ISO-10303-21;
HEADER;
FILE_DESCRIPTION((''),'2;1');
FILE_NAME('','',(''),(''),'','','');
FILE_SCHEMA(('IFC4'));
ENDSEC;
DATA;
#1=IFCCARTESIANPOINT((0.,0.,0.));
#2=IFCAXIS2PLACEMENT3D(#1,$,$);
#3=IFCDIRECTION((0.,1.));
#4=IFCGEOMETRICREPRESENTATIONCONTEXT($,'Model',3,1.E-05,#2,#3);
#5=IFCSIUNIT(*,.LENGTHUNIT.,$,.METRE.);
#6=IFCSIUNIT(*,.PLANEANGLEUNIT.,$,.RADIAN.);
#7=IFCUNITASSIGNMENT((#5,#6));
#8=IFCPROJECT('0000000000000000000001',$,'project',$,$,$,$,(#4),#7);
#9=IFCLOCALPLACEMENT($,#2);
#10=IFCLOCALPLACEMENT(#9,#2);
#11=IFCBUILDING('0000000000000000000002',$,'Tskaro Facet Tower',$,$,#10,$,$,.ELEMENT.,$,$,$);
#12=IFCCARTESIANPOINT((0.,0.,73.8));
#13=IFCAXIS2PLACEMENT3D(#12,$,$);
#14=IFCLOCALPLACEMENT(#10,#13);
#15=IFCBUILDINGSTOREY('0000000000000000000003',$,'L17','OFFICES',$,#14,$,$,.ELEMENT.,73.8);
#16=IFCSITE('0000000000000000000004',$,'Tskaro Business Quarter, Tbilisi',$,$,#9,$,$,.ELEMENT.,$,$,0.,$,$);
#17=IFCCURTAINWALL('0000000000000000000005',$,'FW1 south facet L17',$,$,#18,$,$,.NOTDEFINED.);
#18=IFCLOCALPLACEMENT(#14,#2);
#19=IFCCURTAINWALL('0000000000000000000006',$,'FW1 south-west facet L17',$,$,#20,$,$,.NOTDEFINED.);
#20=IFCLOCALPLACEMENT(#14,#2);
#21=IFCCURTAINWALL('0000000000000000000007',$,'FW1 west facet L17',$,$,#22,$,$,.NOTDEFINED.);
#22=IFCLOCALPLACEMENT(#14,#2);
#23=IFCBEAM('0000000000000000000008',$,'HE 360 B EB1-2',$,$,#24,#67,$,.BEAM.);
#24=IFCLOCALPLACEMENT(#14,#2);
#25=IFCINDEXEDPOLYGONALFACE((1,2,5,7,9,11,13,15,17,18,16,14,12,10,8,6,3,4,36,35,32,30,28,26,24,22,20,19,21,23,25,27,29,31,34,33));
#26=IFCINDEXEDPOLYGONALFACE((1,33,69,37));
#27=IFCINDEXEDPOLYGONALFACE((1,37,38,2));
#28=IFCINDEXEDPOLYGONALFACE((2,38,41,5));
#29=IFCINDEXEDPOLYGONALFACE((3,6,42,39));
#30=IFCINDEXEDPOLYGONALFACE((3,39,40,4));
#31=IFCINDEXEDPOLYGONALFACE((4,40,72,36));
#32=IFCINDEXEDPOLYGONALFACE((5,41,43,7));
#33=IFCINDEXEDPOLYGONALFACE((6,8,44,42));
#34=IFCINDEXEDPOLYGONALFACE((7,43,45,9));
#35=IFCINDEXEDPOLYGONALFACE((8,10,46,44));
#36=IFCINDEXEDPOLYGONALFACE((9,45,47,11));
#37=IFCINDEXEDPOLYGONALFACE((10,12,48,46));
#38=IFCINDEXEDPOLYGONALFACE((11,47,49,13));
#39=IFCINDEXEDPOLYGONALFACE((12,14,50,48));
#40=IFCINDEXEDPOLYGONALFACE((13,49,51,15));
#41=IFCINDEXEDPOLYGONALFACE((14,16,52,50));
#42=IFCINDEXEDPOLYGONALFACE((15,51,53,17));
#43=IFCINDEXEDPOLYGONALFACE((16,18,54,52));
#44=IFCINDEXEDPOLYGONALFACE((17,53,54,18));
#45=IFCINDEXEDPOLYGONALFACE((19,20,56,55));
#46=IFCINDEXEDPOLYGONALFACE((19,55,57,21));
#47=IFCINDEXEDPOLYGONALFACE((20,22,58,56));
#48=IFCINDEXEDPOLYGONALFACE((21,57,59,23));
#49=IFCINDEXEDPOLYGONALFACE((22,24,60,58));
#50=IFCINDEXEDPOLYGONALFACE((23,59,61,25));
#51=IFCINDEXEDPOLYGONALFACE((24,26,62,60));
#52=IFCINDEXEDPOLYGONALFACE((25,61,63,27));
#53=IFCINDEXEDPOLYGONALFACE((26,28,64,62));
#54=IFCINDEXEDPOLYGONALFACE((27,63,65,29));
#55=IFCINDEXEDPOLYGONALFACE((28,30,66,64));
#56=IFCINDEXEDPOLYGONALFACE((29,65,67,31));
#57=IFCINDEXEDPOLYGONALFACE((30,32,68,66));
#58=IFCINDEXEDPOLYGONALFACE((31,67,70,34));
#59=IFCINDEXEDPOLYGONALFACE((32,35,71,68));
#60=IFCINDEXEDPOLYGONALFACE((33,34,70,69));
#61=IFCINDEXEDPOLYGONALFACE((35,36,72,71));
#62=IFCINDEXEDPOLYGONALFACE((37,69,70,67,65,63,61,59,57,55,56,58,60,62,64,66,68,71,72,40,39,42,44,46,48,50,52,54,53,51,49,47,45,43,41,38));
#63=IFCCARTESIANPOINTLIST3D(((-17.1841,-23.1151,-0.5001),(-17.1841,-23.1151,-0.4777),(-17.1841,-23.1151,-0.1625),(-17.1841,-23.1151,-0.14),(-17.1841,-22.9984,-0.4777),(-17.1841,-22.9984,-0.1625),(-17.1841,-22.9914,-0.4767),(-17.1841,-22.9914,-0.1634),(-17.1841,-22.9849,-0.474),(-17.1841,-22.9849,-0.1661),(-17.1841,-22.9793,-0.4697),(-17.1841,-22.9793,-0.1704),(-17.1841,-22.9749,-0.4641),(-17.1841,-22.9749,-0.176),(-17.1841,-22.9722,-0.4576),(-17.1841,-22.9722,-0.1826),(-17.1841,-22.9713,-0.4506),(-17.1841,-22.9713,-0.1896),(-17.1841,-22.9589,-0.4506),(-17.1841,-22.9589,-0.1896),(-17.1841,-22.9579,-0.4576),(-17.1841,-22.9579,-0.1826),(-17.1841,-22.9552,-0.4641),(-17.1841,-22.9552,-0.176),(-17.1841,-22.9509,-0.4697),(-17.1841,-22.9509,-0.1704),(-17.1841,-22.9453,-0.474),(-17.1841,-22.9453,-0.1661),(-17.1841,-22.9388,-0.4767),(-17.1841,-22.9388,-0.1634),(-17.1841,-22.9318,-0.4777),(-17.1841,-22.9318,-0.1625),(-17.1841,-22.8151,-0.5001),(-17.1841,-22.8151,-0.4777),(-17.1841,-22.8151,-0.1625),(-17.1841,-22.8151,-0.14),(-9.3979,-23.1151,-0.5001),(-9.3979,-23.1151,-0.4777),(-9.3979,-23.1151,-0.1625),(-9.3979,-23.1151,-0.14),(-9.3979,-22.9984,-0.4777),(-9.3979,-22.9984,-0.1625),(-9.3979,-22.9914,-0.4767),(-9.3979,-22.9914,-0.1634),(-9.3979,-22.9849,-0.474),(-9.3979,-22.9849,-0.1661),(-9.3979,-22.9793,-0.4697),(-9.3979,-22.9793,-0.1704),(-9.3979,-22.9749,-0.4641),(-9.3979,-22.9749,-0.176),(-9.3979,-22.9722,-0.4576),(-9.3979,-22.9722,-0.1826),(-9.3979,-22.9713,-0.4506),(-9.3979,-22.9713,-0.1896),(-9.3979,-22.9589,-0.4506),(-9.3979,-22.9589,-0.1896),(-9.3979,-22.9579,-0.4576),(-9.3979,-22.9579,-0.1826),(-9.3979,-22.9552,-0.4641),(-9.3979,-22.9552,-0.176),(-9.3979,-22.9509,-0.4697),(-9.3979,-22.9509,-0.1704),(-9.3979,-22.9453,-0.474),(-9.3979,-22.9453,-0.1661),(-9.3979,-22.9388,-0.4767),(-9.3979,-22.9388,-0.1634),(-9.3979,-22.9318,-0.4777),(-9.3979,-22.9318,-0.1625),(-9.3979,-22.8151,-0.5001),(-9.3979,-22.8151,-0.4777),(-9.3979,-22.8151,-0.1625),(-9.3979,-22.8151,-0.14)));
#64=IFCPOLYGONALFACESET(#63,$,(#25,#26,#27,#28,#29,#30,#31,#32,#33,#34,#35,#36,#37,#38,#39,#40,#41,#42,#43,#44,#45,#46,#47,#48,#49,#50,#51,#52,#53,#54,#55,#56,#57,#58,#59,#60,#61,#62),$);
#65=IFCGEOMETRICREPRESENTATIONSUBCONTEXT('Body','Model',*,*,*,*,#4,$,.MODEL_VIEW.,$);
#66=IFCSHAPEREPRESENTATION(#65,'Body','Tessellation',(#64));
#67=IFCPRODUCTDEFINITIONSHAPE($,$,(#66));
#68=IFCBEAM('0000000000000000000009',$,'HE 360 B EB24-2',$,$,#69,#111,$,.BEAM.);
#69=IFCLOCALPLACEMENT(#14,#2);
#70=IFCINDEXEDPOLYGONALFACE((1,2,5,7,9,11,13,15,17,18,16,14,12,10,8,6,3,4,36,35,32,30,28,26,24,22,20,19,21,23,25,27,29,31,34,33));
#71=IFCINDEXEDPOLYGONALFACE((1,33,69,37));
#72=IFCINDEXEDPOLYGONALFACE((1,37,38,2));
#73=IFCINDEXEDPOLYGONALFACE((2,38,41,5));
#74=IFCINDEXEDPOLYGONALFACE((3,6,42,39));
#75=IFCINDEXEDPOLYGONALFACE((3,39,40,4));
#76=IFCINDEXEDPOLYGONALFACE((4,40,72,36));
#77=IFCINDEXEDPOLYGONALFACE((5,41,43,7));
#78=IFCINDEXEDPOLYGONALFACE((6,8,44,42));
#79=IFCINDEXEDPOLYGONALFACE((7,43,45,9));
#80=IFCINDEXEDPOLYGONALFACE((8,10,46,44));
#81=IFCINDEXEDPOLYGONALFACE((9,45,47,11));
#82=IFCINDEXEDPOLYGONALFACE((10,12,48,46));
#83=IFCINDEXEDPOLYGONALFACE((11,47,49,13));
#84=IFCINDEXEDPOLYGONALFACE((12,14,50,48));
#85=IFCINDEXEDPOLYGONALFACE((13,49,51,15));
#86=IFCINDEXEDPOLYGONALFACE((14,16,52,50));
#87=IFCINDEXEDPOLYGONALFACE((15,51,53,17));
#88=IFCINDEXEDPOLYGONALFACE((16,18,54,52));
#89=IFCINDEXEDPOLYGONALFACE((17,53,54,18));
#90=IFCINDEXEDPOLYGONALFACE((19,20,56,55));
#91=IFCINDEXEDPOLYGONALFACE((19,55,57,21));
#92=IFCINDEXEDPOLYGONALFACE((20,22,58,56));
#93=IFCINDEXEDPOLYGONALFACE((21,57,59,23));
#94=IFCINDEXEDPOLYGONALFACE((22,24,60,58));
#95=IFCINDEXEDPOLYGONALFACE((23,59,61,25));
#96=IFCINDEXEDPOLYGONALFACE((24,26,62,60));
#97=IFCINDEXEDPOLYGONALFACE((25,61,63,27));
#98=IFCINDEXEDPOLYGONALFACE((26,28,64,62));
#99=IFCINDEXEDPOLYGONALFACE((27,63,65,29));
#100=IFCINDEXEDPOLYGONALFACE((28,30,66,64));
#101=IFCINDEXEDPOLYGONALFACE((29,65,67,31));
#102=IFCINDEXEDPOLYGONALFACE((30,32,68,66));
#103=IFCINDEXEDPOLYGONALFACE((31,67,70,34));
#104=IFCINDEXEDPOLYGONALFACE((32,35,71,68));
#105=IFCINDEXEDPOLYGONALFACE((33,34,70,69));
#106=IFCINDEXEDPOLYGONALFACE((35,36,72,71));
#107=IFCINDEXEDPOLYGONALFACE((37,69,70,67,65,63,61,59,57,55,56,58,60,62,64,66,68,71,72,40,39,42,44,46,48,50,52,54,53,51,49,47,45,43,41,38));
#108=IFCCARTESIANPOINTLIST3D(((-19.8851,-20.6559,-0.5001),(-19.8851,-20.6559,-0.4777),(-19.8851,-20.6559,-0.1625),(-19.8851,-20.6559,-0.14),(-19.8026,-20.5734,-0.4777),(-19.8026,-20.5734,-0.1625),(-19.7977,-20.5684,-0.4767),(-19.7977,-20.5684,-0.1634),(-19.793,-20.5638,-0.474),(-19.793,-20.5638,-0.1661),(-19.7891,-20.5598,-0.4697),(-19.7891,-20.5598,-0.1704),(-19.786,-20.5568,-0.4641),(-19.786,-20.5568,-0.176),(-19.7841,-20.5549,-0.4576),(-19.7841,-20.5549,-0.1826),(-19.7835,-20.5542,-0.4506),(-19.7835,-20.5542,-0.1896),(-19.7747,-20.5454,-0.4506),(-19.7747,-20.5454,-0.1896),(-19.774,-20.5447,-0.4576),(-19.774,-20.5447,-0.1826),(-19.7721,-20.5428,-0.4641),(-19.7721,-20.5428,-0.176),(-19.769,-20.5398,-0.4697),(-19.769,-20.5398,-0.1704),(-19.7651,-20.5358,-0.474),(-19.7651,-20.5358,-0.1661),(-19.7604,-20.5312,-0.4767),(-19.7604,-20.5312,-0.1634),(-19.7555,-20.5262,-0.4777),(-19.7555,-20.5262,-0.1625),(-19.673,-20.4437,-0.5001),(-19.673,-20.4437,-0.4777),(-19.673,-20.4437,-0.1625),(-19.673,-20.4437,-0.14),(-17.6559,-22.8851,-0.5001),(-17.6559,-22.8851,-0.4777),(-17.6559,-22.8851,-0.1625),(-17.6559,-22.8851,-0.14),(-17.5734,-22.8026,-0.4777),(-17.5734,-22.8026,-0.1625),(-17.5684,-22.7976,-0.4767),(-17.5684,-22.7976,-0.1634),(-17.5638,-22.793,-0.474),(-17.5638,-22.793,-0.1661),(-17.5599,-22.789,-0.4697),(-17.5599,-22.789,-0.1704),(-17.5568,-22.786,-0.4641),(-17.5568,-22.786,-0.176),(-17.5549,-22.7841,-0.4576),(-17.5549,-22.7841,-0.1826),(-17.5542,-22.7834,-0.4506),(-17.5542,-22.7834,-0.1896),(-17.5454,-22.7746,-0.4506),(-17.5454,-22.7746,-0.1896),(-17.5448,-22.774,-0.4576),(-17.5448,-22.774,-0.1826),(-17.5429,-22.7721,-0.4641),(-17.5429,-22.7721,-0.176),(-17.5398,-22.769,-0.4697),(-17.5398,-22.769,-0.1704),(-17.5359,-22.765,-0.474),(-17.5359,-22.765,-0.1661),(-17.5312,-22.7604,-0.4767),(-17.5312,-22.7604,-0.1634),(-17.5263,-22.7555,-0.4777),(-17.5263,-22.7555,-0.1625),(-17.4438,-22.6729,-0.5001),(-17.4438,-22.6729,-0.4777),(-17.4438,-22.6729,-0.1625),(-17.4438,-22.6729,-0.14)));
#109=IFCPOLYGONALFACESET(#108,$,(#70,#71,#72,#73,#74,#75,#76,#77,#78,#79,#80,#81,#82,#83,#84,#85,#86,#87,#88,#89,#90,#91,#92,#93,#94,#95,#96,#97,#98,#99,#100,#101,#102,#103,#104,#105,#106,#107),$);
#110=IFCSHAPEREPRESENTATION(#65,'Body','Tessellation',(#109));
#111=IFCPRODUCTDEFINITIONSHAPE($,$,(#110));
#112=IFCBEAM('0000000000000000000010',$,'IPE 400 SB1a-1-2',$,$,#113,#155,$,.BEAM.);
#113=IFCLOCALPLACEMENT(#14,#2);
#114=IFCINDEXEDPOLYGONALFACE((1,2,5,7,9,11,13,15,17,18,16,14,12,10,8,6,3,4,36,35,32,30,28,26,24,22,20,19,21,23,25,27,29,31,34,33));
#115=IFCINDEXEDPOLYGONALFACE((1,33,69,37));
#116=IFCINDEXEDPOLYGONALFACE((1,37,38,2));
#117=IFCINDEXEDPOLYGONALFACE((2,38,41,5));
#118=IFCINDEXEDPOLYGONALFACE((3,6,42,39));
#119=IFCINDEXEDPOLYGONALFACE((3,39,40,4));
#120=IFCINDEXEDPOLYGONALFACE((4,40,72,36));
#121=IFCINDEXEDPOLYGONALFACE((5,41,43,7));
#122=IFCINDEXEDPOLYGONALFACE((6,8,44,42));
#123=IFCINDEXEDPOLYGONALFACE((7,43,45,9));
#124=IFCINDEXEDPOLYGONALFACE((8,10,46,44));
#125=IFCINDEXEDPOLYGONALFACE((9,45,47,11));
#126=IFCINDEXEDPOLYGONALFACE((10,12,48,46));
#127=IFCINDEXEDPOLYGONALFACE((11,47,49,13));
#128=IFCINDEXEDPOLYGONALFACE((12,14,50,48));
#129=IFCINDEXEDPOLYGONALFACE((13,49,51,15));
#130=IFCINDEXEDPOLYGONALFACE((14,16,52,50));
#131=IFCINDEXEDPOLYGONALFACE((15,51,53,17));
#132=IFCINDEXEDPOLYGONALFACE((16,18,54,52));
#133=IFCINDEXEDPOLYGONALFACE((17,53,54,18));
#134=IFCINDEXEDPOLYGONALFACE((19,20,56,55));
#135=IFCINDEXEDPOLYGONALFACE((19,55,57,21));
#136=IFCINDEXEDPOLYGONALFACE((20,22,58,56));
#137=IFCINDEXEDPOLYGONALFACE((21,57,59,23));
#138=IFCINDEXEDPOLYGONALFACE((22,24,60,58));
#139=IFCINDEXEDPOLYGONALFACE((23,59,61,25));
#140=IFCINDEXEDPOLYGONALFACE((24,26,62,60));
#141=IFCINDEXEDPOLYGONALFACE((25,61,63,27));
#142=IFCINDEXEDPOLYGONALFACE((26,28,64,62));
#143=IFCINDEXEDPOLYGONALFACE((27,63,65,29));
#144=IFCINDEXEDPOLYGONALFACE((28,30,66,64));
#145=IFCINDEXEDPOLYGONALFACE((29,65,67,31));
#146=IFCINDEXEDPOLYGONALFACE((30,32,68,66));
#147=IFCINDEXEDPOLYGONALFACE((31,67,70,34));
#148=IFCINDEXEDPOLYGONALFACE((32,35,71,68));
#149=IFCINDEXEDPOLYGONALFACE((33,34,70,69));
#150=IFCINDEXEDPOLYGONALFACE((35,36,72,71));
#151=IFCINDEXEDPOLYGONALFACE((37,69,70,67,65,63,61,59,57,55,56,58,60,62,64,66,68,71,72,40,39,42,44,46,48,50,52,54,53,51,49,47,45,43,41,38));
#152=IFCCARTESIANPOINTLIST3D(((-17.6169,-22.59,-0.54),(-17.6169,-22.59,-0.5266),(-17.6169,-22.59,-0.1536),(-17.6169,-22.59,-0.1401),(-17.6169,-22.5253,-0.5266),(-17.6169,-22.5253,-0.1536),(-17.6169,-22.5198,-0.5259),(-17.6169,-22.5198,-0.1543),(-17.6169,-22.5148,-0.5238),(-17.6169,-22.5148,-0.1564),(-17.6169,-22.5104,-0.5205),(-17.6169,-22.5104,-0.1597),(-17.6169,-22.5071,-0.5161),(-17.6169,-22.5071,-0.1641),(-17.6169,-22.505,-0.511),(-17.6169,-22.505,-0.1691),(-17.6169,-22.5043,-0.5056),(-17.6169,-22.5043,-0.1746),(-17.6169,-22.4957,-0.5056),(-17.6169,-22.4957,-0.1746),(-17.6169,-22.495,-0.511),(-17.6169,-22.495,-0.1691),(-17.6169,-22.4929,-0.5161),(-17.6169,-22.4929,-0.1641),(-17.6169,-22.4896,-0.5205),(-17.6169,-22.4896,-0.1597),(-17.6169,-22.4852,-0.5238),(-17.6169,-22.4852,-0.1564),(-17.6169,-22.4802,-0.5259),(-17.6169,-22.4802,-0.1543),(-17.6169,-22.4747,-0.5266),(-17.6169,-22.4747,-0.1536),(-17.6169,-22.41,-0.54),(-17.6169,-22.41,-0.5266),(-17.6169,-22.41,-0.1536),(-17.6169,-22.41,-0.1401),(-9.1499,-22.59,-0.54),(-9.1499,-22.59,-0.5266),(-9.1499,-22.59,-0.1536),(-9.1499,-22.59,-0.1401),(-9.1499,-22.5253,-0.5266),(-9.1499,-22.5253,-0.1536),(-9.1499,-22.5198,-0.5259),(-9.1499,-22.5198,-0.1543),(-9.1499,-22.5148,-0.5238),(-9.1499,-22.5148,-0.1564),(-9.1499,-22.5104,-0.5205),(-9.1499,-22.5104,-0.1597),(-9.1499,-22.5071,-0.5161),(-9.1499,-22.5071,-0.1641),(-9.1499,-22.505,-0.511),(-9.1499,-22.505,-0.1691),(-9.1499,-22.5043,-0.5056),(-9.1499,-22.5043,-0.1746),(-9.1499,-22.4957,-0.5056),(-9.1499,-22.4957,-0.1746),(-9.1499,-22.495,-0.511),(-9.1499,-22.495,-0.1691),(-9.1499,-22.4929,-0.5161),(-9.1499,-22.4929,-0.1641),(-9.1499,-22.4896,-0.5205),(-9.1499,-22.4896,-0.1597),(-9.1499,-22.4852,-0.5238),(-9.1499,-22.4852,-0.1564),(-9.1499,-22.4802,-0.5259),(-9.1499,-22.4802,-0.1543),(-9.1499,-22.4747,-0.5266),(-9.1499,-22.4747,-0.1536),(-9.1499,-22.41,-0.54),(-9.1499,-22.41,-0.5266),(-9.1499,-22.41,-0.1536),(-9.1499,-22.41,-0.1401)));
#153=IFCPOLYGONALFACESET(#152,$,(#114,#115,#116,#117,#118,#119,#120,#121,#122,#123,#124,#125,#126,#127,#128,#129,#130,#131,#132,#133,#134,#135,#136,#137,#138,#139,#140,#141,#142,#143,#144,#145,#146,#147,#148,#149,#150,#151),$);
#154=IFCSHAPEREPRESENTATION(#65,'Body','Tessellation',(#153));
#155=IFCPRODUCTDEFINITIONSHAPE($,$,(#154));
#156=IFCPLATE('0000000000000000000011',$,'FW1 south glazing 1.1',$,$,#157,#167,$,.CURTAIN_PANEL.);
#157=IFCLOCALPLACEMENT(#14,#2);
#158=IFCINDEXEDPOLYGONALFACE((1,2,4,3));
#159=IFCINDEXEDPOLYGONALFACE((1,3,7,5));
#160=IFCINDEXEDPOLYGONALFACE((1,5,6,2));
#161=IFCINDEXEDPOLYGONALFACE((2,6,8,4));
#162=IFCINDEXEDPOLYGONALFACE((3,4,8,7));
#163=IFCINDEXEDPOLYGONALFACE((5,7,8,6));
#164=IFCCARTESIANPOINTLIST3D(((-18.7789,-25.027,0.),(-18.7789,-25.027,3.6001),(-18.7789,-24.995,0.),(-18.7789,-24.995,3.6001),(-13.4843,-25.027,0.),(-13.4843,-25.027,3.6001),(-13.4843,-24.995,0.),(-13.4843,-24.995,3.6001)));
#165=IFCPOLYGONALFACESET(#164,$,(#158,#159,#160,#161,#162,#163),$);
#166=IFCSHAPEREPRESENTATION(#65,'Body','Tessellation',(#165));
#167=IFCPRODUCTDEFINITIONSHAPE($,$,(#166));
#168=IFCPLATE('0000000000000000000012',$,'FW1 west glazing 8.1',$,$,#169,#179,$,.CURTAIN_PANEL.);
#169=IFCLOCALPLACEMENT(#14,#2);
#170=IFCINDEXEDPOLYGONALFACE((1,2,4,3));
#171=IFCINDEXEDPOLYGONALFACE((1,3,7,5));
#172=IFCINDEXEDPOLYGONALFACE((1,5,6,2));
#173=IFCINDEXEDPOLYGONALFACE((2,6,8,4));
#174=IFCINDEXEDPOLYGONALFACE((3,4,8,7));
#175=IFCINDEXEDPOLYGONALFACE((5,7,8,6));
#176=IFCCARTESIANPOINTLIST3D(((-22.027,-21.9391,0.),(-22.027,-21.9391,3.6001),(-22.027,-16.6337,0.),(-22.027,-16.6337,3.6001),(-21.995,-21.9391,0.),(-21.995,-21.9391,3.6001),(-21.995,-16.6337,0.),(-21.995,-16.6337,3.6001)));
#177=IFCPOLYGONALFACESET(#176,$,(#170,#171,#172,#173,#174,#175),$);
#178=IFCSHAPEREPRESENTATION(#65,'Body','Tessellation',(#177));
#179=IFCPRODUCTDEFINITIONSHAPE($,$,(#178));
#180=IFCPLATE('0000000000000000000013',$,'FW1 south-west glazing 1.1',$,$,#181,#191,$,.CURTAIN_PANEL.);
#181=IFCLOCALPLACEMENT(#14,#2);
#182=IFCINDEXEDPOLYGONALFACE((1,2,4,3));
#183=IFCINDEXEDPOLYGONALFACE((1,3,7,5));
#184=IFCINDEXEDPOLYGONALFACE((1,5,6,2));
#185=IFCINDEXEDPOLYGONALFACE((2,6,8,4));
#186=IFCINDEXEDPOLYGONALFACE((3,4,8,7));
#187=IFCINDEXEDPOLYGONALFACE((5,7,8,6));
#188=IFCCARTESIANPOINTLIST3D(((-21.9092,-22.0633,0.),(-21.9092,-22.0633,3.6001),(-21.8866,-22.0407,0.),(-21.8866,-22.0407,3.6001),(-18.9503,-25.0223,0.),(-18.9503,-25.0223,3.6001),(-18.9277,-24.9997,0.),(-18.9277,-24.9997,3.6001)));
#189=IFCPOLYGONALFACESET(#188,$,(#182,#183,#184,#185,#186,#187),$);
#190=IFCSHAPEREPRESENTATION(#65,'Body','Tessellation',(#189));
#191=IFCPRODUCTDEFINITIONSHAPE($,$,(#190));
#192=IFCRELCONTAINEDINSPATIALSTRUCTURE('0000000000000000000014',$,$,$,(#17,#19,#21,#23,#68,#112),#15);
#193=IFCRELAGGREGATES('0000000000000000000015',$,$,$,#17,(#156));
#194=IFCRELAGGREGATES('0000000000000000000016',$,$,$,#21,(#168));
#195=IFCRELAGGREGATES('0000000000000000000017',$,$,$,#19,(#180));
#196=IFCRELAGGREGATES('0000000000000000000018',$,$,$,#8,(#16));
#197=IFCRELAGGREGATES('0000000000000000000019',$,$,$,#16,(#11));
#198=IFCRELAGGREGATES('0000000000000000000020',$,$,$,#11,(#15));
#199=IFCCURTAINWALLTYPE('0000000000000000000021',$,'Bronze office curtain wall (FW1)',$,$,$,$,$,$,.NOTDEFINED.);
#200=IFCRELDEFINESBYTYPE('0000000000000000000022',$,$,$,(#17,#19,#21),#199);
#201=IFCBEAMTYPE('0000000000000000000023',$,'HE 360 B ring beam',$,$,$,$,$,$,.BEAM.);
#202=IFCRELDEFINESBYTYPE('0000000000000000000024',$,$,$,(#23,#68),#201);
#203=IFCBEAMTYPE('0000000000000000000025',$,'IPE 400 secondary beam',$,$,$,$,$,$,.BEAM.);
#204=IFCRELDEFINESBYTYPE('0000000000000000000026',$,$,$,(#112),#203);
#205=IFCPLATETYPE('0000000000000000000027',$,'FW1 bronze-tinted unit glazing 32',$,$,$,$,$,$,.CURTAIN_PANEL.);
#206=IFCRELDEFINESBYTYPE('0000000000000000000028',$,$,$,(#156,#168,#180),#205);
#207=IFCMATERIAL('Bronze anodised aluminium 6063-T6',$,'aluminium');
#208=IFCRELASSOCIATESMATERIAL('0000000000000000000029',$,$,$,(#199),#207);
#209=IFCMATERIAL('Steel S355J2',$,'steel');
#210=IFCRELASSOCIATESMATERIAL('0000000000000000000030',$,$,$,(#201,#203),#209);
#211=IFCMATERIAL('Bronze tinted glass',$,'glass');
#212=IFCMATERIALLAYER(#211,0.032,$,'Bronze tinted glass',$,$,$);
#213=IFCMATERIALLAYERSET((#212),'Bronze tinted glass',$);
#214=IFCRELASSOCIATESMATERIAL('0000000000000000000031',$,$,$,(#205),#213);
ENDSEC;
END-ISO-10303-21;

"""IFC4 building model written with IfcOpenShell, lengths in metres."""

from ifc_helpers import new_model, si_unit, direction, frame, origin, origin_2d, place, context, subcontext, project, spatial, rectangle, i_section, extrude, material, layer, layer_set, material_profile, profile_set, type_object, element, aggregate, save


model = new_model("IFC4")

# Units and contexts
model_context = context("Model", 3, precision=1e-05, world=origin(), true_north=direction((0.0, 1.0)))
body_context = subcontext(model_context, "Body", "Model", "MODEL_VIEW")
ifc_project = project(units=[si_unit("LENGTHUNIT", "METRE"), si_unit("PLANEANGLEUNIT", "RADIAN")], contexts=[model_context])

# Site, building, storey
site_placement = place(None, origin())
site = spatial("IfcSite", under=ifc_project, at=site_placement, Name="Tskaro Business Quarter, Tbilisi", CompositionType="ELEMENT", RefElevation=0.0)
building_placement = place(site_placement, origin())
building = spatial("IfcBuilding", under=site, at=building_placement, Name="Tskaro Facet Tower", CompositionType="ELEMENT")
storey_placement = place(building_placement, frame((0.0, 0.0, 73.8)))
storey = spatial("IfcBuildingStorey", under=building, at=storey_placement, Name="L17", Description="OFFICES", CompositionType="ELEMENT", Elevation=73.8)

# Curtain walls
ifc_material_1 = material(Name="Bronze anodised aluminium 6063-T6", Category="aluminium")
curtain_wall_type = type_object("IfcCurtainWallType", Name="Bronze office curtain wall (FW1)", PredefinedType="NOTDEFINED", material=ifc_material_1)
curtain_wall_1_placement = place(storey_placement, origin())
curtain_wall_1 = element("IfcCurtainWall", 1, at=curtain_wall_1_placement, inside=storey, type_object=curtain_wall_type, Name="FW1 south facet L17", PredefinedType="NOTDEFINED")
curtain_wall_2_placement = place(storey_placement, origin())
curtain_wall_2 = element("IfcCurtainWall", 2, at=curtain_wall_2_placement, inside=storey, type_object=curtain_wall_type, Name="FW1 south-west facet L17", PredefinedType="NOTDEFINED")

# Curtain wall
curtain_wall_3_placement = place(storey_placement, origin())
curtain_wall_3 = element("IfcCurtainWall", 3, at=curtain_wall_3_placement, inside=storey, type_object=curtain_wall_type, Name="FW1 west facet L17", PredefinedType="NOTDEFINED")

# Beams
ifc_material_2 = material(Name="Steel S355J2", Category="steel")
ifc_material_profile_1 = material_profile(ifc_material_2, i_section(OverallWidth=0.3, OverallDepth=0.3601, WebThickness=0.0125, FlangeThickness=0.0225, FilletRadius=0.0271, at=origin_2d()), Name="HE 360 B")
ifc_profile_set_1 = profile_set([ifc_material_profile_1], Name="Steel S355J2")
beam_type_1 = type_object("IfcBeamType", Name="HE 360 B ring beam", PredefinedType="BEAM", material=ifc_profile_set_1)
beam_1_placement = place(storey_placement, frame((-17.1841, -22.9651, -0.3201), z_axis=(1.0, 0.0, 0.0), x_axis=(0.0, 1.0, 0.0)))
element("IfcBeam", 4, at=beam_1_placement, inside=storey, type_object=beam_type_1, Name="HE 360 B EB1-2", PredefinedType="BEAM", context=body_context, shape_type="SweptSolid", body=[
    extrude(i_section(OverallWidth=0.3, OverallDepth=0.3601, WebThickness=0.0125, FlangeThickness=0.0225, FilletRadius=0.0271, at=origin_2d()), origin(), (0.0, 0.0, 1.0), 7.7861),
])
beam_2_placement = place(storey_placement, frame((-19.7791, -20.5498, -0.3201), z_axis=(0.707107, -0.707107, 0.0), x_axis=(0.707107, 0.707107, 0.0)))
element("IfcBeam", 5, at=beam_2_placement, inside=storey, type_object=beam_type_1, Name="HE 360 B EB24-2", PredefinedType="BEAM", context=body_context, shape_type="SweptSolid", body=[
    extrude(i_section(OverallWidth=0.3, OverallDepth=0.3601, WebThickness=0.0125, FlangeThickness=0.0225, FilletRadius=0.0271, at=origin_2d()), origin(), (0.0, 0.0, 1.0), 3.1526),
])
ifc_material_profile_2 = material_profile(ifc_material_2, i_section(OverallWidth=0.1799, OverallDepth=0.3999, WebThickness=0.0085, FlangeThickness=0.0134, FilletRadius=0.021, at=origin_2d()), Name="IPE 400")
ifc_profile_set_2 = profile_set([ifc_material_profile_2], Name="Steel S355J2")
beam_type_2 = type_object("IfcBeamType", Name="IPE 400 secondary beam", PredefinedType="BEAM", material=ifc_profile_set_2)
beam_3_placement = place(storey_placement, frame((-17.6169, -22.5, -0.3401), z_axis=(1.0, 0.0, 0.0), x_axis=(0.0, 1.0, 0.0)))
element("IfcBeam", 6, at=beam_3_placement, inside=storey, type_object=beam_type_2, Name="IPE 400 SB1a-1-2", PredefinedType="BEAM", context=body_context, shape_type="SweptSolid", body=[
    extrude(i_section(OverallWidth=0.1799, OverallDepth=0.3999, WebThickness=0.0085, FlangeThickness=0.0134, FilletRadius=0.021, at=origin_2d()), origin(), (0.0, 0.0, 1.0), 8.467),
])

# Plates
ifc_material_3 = material(Name="Bronze tinted glass", Category="glass")
ifc_layer_1 = layer(ifc_material_3, 0.032, Name="Bronze tinted glass")
ifc_layer_set_1 = layer_set([ifc_layer_1], Name="Bronze tinted glass")
plate_type = type_object("IfcPlateType", Name="FW1 bronze-tinted unit glazing 32", PredefinedType="CURTAIN_PANEL", material=ifc_layer_set_1)
plate_1_placement = place(storey_placement, frame((-16.1316, -25.011, 0.0), z_axis=(0.0, 0.0, 1.0), x_axis=(1.0, 0.0, 0.0)))
plate_1 = element("IfcPlate", 7, at=plate_1_placement, type_object=plate_type, Name="FW1 south glazing 1.1", PredefinedType="CURTAIN_PANEL", context=body_context, shape_type="SweptSolid", body=[
    extrude(rectangle(XDim=5.2947, YDim=0.032, at=origin_2d()), origin(), (0.0, 0.0, 1.0), 3.6001),
])
aggregate(curtain_wall_1, [plate_1])
plate_2_placement = place(storey_placement, frame((-22.011, -19.2864, 0.0), z_axis=(0.0, 0.0, 1.0), x_axis=(0.0, -1.0, 0.0)))
plate_2 = element("IfcPlate", 8, at=plate_2_placement, type_object=plate_type, Name="FW1 west glazing 8.1", PredefinedType="CURTAIN_PANEL", context=body_context, shape_type="SweptSolid", body=[
    extrude(rectangle(XDim=5.3054, YDim=0.032, at=origin_2d()), origin(), (0.0, 0.0, 1.0), 3.6001),
])
aggregate(curtain_wall_3, [plate_2])
plate_3_placement = place(storey_placement, frame((-20.4185, -23.5315, 0.0), z_axis=(0.0, 0.0, 1.0), x_axis=(0.707107, -0.707107, 0.0)))
plate_3 = element("IfcPlate", 9, at=plate_3_placement, type_object=plate_type, Name="FW1 south-west glazing 1.1", PredefinedType="CURTAIN_PANEL", context=body_context, shape_type="SweptSolid", body=[
    extrude(rectangle(XDim=4.1846, YDim=0.032, at=origin_2d()), origin(), (0.0, 0.0, 1.0), 3.6001),
])
aggregate(curtain_wall_2, [plate_3])

save(model, "model.ifc")
